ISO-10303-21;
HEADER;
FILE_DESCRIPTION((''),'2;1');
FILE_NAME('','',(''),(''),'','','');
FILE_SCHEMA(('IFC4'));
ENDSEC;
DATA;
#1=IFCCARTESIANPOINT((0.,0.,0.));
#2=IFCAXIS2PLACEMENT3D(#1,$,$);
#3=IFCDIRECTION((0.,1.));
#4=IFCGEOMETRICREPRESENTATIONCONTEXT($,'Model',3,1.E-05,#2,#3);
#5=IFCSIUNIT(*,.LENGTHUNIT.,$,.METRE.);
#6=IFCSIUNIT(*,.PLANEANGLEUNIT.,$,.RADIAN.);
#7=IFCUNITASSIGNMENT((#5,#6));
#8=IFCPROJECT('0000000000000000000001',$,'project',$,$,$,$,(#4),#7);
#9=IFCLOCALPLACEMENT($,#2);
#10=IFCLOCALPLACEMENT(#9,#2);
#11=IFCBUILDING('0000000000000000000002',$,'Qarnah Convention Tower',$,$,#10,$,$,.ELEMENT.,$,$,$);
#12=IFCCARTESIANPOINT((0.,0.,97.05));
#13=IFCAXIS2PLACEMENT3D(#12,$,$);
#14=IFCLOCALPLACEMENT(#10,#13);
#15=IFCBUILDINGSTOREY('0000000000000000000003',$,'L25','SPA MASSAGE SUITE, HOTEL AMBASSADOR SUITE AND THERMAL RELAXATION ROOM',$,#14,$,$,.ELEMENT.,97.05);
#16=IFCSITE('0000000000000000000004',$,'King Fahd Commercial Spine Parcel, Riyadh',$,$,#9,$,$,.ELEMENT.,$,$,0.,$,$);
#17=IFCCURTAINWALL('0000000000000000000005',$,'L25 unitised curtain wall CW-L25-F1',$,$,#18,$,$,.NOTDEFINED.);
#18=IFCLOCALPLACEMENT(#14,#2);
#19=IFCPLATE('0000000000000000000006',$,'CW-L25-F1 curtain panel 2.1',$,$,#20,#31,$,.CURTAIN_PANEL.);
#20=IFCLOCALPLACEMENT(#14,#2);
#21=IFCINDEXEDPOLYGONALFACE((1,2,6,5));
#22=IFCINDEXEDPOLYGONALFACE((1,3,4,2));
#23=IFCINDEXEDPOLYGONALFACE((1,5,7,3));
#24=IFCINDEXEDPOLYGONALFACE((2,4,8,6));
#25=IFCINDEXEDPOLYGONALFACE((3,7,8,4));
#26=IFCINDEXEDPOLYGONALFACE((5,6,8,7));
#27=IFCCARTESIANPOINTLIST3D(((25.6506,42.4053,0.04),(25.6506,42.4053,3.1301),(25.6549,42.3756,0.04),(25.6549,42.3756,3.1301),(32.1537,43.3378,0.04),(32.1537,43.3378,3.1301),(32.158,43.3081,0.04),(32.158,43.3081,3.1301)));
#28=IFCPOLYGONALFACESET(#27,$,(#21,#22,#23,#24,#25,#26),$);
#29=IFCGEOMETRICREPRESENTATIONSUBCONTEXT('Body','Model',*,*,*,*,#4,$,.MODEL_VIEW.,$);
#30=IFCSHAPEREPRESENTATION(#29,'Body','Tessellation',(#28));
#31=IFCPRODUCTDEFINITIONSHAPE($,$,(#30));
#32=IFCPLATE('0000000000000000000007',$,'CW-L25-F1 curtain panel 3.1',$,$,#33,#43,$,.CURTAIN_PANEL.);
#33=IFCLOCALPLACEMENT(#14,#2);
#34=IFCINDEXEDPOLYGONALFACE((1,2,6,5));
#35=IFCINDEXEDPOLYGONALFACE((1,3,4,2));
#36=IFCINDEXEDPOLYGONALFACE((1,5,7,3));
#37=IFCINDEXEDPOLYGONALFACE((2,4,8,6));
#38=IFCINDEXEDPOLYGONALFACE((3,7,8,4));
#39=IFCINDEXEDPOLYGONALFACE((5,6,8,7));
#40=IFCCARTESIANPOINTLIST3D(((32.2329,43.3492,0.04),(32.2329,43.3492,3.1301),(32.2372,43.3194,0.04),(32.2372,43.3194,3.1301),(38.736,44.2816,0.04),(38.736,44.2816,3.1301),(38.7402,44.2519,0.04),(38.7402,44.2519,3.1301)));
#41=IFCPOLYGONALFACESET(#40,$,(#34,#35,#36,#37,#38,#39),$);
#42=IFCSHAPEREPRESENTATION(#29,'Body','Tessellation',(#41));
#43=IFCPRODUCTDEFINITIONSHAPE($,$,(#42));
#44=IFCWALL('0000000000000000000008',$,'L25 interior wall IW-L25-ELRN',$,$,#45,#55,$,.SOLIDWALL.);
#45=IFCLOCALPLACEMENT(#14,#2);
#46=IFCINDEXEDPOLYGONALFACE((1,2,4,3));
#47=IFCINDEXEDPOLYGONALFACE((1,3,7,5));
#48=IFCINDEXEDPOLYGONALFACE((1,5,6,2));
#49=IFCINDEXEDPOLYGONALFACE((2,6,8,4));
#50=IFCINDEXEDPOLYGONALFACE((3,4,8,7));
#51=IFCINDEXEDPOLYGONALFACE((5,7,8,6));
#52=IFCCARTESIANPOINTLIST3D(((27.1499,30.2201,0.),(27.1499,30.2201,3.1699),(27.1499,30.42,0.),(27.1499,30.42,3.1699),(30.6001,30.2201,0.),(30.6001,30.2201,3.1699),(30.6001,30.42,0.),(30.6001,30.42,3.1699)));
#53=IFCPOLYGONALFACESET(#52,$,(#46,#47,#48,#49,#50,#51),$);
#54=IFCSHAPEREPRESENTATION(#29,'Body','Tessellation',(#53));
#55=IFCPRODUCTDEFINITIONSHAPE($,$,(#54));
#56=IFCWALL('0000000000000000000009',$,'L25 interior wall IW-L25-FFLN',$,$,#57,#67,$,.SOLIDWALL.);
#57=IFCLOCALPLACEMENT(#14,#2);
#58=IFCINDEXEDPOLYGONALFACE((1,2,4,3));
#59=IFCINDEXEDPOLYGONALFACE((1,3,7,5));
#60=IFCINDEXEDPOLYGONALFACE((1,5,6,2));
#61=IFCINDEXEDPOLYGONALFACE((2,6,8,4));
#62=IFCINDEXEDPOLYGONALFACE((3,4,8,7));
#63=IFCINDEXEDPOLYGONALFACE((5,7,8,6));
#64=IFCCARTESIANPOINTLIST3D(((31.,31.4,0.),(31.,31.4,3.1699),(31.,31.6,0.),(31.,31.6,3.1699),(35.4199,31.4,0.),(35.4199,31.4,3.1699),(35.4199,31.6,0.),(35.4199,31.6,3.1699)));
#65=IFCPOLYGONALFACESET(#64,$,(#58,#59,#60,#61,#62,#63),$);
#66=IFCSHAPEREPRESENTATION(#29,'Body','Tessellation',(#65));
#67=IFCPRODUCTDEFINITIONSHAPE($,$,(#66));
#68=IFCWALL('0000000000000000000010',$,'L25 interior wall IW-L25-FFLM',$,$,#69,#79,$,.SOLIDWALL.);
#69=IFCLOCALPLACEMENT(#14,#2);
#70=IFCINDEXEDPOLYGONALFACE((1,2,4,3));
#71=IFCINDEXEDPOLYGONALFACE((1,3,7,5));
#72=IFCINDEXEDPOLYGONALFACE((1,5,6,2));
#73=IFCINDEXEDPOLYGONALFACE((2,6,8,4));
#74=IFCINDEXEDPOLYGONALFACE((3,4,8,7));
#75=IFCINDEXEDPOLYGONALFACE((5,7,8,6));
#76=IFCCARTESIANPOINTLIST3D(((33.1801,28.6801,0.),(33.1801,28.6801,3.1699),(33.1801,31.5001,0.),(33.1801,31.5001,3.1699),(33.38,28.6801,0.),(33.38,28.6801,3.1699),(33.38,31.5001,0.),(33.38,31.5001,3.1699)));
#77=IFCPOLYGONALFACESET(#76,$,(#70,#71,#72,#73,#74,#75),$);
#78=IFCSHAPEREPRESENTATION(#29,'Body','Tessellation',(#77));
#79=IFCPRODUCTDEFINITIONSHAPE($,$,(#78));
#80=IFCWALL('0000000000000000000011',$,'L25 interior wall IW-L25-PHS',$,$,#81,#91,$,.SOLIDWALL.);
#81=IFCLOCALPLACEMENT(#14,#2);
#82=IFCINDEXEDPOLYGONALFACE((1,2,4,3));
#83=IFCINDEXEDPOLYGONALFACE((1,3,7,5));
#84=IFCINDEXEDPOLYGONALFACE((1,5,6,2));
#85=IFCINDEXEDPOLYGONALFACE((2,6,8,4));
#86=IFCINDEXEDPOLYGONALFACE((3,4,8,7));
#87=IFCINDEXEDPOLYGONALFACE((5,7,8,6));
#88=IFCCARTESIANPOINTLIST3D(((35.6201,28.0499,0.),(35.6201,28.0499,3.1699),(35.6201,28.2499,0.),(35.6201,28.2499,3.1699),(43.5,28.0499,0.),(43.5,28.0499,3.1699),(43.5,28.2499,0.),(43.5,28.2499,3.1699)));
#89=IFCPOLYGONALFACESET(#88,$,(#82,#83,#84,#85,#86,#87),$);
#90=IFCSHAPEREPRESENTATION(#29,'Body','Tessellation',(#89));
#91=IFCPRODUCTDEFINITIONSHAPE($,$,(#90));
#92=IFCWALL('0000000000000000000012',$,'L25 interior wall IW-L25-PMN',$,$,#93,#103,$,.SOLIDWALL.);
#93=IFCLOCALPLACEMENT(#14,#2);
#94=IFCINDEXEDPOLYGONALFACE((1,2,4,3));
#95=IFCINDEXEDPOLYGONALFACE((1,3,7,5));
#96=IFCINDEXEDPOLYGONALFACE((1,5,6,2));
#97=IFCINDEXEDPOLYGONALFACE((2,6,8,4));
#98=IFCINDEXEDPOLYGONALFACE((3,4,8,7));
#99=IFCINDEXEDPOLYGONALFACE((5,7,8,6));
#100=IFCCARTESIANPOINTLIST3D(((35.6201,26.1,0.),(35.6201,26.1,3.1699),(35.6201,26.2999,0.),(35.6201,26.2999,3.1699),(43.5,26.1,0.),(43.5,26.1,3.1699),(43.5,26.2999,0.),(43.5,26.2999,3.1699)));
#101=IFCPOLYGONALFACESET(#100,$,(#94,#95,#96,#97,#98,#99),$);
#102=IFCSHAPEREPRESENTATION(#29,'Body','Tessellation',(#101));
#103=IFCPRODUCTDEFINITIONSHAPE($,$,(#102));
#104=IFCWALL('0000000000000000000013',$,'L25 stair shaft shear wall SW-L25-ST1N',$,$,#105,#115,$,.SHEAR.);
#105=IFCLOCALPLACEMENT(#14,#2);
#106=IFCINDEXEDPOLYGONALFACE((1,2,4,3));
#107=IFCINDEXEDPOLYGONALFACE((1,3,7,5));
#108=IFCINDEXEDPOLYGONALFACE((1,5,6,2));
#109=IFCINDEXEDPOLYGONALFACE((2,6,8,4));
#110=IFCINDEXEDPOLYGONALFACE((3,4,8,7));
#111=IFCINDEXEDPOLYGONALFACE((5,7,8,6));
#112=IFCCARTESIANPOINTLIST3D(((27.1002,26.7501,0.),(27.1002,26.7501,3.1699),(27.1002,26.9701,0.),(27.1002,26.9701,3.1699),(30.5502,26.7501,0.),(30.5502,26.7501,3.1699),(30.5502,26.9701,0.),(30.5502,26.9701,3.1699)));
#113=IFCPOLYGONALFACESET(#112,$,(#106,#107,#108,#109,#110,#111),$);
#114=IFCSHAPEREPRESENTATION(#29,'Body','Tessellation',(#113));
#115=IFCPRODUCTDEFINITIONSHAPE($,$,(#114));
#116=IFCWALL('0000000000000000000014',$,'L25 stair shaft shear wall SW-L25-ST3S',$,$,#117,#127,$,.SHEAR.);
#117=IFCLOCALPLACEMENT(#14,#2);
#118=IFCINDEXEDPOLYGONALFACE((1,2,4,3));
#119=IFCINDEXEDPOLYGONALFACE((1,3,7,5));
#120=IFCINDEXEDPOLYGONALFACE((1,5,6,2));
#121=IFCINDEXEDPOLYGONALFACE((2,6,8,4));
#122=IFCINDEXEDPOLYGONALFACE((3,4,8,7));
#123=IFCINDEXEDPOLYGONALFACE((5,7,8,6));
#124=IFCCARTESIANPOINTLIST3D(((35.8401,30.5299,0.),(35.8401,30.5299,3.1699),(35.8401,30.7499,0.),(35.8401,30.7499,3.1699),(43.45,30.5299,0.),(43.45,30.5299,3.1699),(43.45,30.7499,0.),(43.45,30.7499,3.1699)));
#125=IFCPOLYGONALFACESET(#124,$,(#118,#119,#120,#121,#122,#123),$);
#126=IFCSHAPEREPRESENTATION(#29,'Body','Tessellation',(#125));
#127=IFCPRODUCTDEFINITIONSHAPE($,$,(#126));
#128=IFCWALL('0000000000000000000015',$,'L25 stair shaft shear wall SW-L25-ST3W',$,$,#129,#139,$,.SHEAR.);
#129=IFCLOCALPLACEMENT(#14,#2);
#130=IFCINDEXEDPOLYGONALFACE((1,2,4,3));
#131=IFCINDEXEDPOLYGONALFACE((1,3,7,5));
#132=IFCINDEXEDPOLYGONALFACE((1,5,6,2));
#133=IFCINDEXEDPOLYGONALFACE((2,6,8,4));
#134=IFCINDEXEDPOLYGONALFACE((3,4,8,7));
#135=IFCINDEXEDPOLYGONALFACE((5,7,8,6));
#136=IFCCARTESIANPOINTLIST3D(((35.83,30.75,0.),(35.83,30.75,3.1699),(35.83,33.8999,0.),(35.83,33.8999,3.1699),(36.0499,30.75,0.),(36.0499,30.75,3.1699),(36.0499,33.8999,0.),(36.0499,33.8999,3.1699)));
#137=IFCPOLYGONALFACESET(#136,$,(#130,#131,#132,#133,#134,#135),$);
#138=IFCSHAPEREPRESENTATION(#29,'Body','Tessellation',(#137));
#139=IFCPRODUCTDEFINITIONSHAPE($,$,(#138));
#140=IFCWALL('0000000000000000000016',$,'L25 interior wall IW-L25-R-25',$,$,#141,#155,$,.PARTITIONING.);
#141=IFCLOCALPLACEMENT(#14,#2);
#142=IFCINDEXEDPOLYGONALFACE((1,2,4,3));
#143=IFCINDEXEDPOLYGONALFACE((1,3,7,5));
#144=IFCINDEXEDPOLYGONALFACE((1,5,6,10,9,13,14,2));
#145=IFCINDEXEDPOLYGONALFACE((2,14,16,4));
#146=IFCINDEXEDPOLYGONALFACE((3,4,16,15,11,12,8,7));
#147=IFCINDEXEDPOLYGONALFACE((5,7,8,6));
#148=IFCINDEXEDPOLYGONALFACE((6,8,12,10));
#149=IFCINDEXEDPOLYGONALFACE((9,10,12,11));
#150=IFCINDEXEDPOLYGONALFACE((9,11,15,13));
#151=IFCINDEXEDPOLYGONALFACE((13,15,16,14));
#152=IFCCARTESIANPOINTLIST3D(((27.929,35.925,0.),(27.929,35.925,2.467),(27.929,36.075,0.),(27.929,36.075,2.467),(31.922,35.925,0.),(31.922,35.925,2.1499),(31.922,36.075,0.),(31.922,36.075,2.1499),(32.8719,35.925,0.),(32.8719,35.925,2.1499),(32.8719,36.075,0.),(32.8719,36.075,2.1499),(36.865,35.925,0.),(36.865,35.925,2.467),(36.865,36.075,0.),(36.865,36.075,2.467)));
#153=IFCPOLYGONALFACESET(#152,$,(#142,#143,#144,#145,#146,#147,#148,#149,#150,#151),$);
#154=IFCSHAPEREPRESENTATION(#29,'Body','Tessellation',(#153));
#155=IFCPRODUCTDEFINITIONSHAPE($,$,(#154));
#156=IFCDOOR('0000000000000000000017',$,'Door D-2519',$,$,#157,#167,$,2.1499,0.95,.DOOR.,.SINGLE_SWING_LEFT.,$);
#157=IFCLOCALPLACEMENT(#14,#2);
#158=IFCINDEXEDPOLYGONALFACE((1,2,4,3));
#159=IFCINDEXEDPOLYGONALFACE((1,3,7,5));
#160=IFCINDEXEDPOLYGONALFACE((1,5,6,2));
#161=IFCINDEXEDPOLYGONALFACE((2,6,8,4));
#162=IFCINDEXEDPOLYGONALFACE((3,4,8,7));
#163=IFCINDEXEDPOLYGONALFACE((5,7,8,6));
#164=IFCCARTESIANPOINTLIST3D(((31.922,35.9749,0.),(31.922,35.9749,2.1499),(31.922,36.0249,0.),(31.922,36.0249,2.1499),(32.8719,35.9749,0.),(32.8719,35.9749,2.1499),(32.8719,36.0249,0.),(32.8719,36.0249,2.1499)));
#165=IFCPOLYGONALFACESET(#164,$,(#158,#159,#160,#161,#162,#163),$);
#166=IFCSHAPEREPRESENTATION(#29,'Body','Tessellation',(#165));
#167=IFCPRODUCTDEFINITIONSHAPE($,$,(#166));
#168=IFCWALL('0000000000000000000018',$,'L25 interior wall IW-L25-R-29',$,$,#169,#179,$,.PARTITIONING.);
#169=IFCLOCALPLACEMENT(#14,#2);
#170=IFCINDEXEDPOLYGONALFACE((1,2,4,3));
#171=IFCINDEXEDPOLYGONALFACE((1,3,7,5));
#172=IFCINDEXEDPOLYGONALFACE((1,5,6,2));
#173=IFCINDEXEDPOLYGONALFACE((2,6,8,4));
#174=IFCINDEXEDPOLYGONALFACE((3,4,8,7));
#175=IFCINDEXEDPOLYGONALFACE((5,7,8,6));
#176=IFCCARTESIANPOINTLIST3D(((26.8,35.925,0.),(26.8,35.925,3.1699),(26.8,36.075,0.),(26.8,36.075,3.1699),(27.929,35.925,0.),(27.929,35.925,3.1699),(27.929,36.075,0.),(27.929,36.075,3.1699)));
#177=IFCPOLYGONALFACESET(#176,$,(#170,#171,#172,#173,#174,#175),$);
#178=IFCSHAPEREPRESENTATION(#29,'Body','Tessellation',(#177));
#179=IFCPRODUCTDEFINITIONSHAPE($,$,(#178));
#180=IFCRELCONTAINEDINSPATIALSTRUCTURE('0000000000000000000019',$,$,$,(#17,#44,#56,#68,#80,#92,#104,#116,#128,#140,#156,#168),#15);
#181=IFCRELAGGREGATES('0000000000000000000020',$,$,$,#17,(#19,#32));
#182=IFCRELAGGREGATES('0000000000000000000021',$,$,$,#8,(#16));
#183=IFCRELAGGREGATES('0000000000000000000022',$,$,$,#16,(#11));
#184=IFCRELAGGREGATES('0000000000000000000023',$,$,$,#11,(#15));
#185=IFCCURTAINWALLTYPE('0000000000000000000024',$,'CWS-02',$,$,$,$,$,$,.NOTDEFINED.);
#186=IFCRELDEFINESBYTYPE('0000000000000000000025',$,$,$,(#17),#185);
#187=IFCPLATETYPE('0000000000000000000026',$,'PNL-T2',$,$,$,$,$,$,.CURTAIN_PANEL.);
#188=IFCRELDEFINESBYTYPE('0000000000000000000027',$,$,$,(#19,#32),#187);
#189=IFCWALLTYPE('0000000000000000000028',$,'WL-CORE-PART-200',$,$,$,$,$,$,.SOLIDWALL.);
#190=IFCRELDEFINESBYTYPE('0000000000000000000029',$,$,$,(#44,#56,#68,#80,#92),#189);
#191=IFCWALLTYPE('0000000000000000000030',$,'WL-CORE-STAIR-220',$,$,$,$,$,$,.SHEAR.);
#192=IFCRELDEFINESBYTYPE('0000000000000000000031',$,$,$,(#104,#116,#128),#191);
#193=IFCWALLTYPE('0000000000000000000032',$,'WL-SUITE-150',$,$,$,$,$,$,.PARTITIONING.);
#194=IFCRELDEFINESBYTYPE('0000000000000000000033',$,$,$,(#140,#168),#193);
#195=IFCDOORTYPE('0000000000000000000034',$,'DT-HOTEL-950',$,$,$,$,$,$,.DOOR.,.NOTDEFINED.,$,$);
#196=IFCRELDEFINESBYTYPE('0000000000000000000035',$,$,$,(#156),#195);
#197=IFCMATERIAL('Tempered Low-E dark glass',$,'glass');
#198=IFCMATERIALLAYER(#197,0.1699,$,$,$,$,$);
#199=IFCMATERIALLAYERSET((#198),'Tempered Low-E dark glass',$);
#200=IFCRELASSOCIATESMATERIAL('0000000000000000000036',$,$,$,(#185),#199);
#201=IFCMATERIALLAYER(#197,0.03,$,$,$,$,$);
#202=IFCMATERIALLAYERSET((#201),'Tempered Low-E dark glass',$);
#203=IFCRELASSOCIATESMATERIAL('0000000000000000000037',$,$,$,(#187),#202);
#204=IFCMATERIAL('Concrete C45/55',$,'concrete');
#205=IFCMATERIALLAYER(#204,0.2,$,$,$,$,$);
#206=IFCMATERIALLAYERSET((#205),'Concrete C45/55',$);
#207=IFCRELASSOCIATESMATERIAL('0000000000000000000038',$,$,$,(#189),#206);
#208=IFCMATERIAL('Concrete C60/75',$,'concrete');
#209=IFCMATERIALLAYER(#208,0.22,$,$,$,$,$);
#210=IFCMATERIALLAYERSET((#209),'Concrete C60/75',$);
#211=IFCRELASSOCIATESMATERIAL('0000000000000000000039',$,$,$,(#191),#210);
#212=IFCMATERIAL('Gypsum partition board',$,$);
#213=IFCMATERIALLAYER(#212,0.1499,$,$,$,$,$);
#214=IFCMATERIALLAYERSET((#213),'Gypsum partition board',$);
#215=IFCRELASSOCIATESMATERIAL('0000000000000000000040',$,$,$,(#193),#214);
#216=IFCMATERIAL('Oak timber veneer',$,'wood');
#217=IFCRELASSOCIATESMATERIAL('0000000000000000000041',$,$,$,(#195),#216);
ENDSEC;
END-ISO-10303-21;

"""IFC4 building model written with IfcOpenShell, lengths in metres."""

from ifc_helpers import new_model, si_unit, direction, frame, frame_2d, origin, origin_2d, place, context, subcontext, project, spatial, rectangle, extrude, material, layer, layer_set, type_object, element, fill, aggregate, save


model = new_model("IFC4")

# Units and contexts
model_context = context("Model", 3, precision=1e-05, world=origin(), true_north=direction((0.0, 1.0)))
body_context = subcontext(model_context, "Body", "Model", "MODEL_VIEW")
ifc_project = project(units=[si_unit("LENGTHUNIT", "METRE"), si_unit("PLANEANGLEUNIT", "RADIAN")], contexts=[model_context])

# Site, building, storey
site_placement = place(None, origin())
site = spatial("IfcSite", under=ifc_project, at=site_placement, Name="King Fahd Commercial Spine Parcel, Riyadh", CompositionType="ELEMENT", RefElevation=0.0)
building_placement = place(site_placement, origin())
building = spatial("IfcBuilding", under=site, at=building_placement, Name="Qarnah Convention Tower", CompositionType="ELEMENT")
storey_placement = place(building_placement, frame((0.0, 0.0, 97.05)))
storey = spatial("IfcBuildingStorey", under=building, at=storey_placement, Name="L25", Description="SPA MASSAGE SUITE, HOTEL AMBASSADOR SUITE AND THERMAL RELAXATION ROOM", CompositionType="ELEMENT", Elevation=97.05)

# Shared definitions
ifc_material_1 = material(Name="Concrete C60/75", Category="concrete")

# Curtain wall, plates
ifc_material_2 = material(Name="Tempered Low-E dark glass", Category="glass")
ifc_layer_1 = layer(ifc_material_2, 0.1699)
ifc_layer_set_1 = layer_set([ifc_layer_1], Name="Tempered Low-E dark glass")
curtain_wall_type = type_object("IfcCurtainWallType", Name="CWS-02", PredefinedType="NOTDEFINED", material=ifc_layer_set_1)
curtain_wall_placement = place(storey_placement, origin())
curtain_wall = element("IfcCurtainWall", 1, at=curtain_wall_placement, inside=storey, type_object=curtain_wall_type, Name="L25 unitised curtain wall CW-L25-F1", PredefinedType="NOTDEFINED")
ifc_layer_2 = layer(ifc_material_2, 0.03)
ifc_layer_set_2 = layer_set([ifc_layer_2], Name="Tempered Low-E dark glass")
plate_type = type_object("IfcPlateType", Name="PNL-T2", PredefinedType="CURTAIN_PANEL", material=ifc_layer_set_2)
plate_1_placement = place(storey_placement, frame((28.9043, 42.8567, 0.04), z_axis=(0.0, 0.0, 1.0), x_axis=(0.989876, 0.141935, 0.0)))
plate_1 = element("IfcPlate", 2, at=plate_1_placement, type_object=plate_type, Name="CW-L25-F1 curtain panel 2.1", PredefinedType="CURTAIN_PANEL", context=body_context, shape_type="SweptSolid", body=[
    extrude(rectangle(XDim=6.5696, YDim=0.03, at=origin_2d()), origin(), (0.0, 0.0, 1.0), 3.0901),
])
plate_2_placement = place(storey_placement, frame((35.4866, 43.8005, 0.04), z_axis=(0.0, 0.0, 1.0), x_axis=(0.989876, 0.141935, 0.0)))
plate_2 = element("IfcPlate", 3, at=plate_2_placement, type_object=plate_type, Name="CW-L25-F1 curtain panel 3.1", PredefinedType="CURTAIN_PANEL", context=body_context, shape_type="SweptSolid", body=[
    extrude(rectangle(XDim=6.5696, YDim=0.03, at=origin_2d()), origin(), (0.0, 0.0, 1.0), 3.0901),
])
aggregate(curtain_wall, [plate_1, plate_2])

# Wall
ifc_material_3 = material(Name="Concrete C45/55", Category="concrete")
ifc_layer_3 = layer(ifc_material_3, 0.2)
ifc_layer_set_3 = layer_set([ifc_layer_3], Name="Concrete C45/55")
wall_type_1 = type_object("IfcWallType", Name="WL-CORE-PART-200", PredefinedType="SOLIDWALL", material=ifc_layer_set_3)
wall_1_placement = place(storey_placement, frame((27.1499, 30.3201, 0.0), z_axis=(0.0, 0.0, 1.0), x_axis=(1.0, 0.0, 0.0)))
element("IfcWall", 4, at=wall_1_placement, inside=storey, type_object=wall_type_1, Name="L25 interior wall IW-L25-ELRN", PredefinedType="SOLIDWALL", context=body_context, shape_type="SweptSolid", body=[
    extrude(rectangle(XDim=3.4502, YDim=0.2, at=frame_2d((1.7251, 0.0))), origin(), (0.0, 0.0, 1.0), 3.1699),
])

# Walls
wall_2_placement = place(storey_placement, frame((31.0, 31.5, 0.0), z_axis=(0.0, 0.0, 1.0), x_axis=(1.0, 0.0, 0.0)))
element("IfcWall", 5, at=wall_2_placement, inside=storey, type_object=wall_type_1, Name="L25 interior wall IW-L25-FFLN", PredefinedType="SOLIDWALL", context=body_context, shape_type="SweptSolid", body=[
    extrude(rectangle(XDim=4.4199, YDim=0.2, at=frame_2d((2.21, 0.0))), origin(), (0.0, 0.0, 1.0), 3.1699),
])
wall_3_placement = place(storey_placement, frame((33.28, 28.6799, 0.0), z_axis=(0.0, 0.0, 1.0), x_axis=(0.0, 1.0, 0.0)))
element("IfcWall", 6, at=wall_3_placement, inside=storey, type_object=wall_type_1, Name="L25 interior wall IW-L25-FFLM", PredefinedType="SOLIDWALL", context=body_context, shape_type="SweptSolid", body=[
    extrude(rectangle(XDim=2.8201, YDim=0.2, at=frame_2d((1.4102, 0.0))), origin(), (0.0, 0.0, 1.0), 3.1699),
])
for number, where, z_axis, x_axis, name in (
    (7, (35.6201, 28.1499, 0.0), (0.0, 0.0, 1.0), (1.0, 0.0, 0.0), "L25 interior wall IW-L25-PHS"),
    (8, (35.6201, 26.2, 0.0), (0.0, 0.0, 1.0), (1.0, 0.0, 0.0), "L25 interior wall IW-L25-PMN"),
):
    element("IfcWall", number, at=place(storey_placement, frame(where, z_axis=z_axis, x_axis=x_axis)), inside=storey, type_object=wall_type_1, Name=name, PredefinedType="SOLIDWALL", context=body_context, shape_type="SweptSolid", body=[
        extrude(rectangle(XDim=7.8799, YDim=0.2, at=frame_2d((3.9399, 0.0))), origin(), (0.0, 0.0, 1.0), 3.1699),
    ])
ifc_layer_4 = layer(ifc_material_1, 0.22)
ifc_layer_set_4 = layer_set([ifc_layer_4], Name="Concrete C60/75")
wall_type_2 = type_object("IfcWallType", Name="WL-CORE-STAIR-220", PredefinedType="SHEAR", material=ifc_layer_set_4)
wall_4_placement = place(storey_placement, frame((27.1001, 26.8601, 0.0), z_axis=(0.0, 0.0, 1.0), x_axis=(1.0, 0.0, 0.0)))
element("IfcWall", 9, at=wall_4_placement, inside=storey, type_object=wall_type_2, Name="L25 stair shaft shear wall SW-L25-ST1N", PredefinedType="SHEAR", context=body_context, shape_type="SweptSolid", body=[
    extrude(rectangle(XDim=3.45, YDim=0.22, at=frame_2d((1.7251, 0.0))), origin(), (0.0, 0.0, 1.0), 3.1699),
])
wall_5_placement = place(storey_placement, frame((35.8401, 30.6399, 0.0), z_axis=(0.0, 0.0, 1.0), x_axis=(1.0, 0.0, 0.0)))
element("IfcWall", 10, at=wall_5_placement, inside=storey, type_object=wall_type_2, Name="L25 stair shaft shear wall SW-L25-ST3S", PredefinedType="SHEAR", context=body_context, shape_type="SweptSolid", body=[
    extrude(rectangle(XDim=7.6099, YDim=0.22, at=frame_2d((3.8049, 0.0))), origin(), (0.0, 0.0, 1.0), 3.1699),
])
wall_6_placement = place(storey_placement, frame((35.9399, 30.75, 0.0), z_axis=(0.0, 0.0, 1.0), x_axis=(0.0, 1.0, 0.0)))
element("IfcWall", 11, at=wall_6_placement, inside=storey, type_object=wall_type_2, Name="L25 stair shaft shear wall SW-L25-ST3W", PredefinedType="SHEAR", context=body_context, shape_type="SweptSolid", body=[
    extrude(rectangle(XDim=3.1499, YDim=0.22, at=frame_2d((1.575, 0.0))), origin(), (0.0, 0.0, 1.0), 3.1699),
])

# Wall, opening, door
ifc_material_4 = material(Name="Gypsum partition board")
ifc_layer_5 = layer(ifc_material_4, 0.1499)
ifc_layer_set_5 = layer_set([ifc_layer_5], Name="Gypsum partition board")
wall_type_3 = type_object("IfcWallType", Name="WL-SUITE-150", PredefinedType="PARTITIONING", material=ifc_layer_set_5)
wall_7_placement = place(storey_placement, frame((27.929, 36.0, 0.0), z_axis=(0.0, 0.0, 1.0), x_axis=(1.0, 0.0, 0.0)))
wall_7 = element("IfcWall", 12, at=wall_7_placement, inside=storey, type_object=wall_type_3, Name="L25 interior wall IW-L25-R-25", PredefinedType="PARTITIONING", context=body_context, shape_type="SweptSolid", body=[
    extrude(rectangle(XDim=8.936, YDim=0.1499, at=frame_2d((4.468, 0.0))), origin(), (0.0, 0.0, 1.0), 2.467),
])
opening_1_placement = place(wall_7_placement, frame((3.9929, 0.0, 0.0)))
opening_1 = element("IfcOpeningElement", 13, at=opening_1_placement, cuts=wall_7, PredefinedType="OPENING", context=body_context, shape_type="SweptSolid", body=[
    extrude(rectangle(XDim=0.95, YDim=2.1499, at=frame_2d((0.4751, 1.075))), frame((0.0, 0.085, 0.0), z_axis=(0.0, -1.0, 0.0), x_axis=(1.0, 0.0, 0.0)), (0.0, 0.0, 1.0), 0.1699),
])
ifc_material_5 = material(Name="Oak timber veneer", Category="wood")
door_type_1 = type_object("IfcDoorType", Name="DT-HOTEL-950", OperationType="NOTDEFINED", PredefinedType="DOOR", material=ifc_material_5)
door_1_placement = place(opening_1_placement, origin())
door_1 = element("IfcDoor", 14, at=door_1_placement, inside=storey, type_object=door_type_1, Name="Door D-2519", OperationType="SINGLE_SWING_LEFT", OverallHeight=2.1499, OverallWidth=0.95, PredefinedType="DOOR", context=body_context, shape_type="SweptSolid", body=[
    extrude(rectangle(XDim=0.95, YDim=2.1499, at=frame_2d((0.4751, 1.075))), frame((0.0, 0.0249, 0.0), z_axis=(0.0, -1.0, 0.0), x_axis=(1.0, 0.0, 0.0)), (0.0, 0.0, 1.0), 0.05),
])
fill(opening_1, door_1)

# Wall
wall_8_placement = place(storey_placement, frame((26.8, 36.0, 0.0), z_axis=(0.0, 0.0, 1.0), x_axis=(1.0, 0.0, 0.0)))
element("IfcWall", 15, at=wall_8_placement, inside=storey, type_object=wall_type_3, Name="L25 interior wall IW-L25-R-29", PredefinedType="PARTITIONING", context=body_context, shape_type="SweptSolid", body=[
    extrude(rectangle(XDim=1.1289, YDim=0.1499, at=frame_2d((0.5645, 0.0))), origin(), (0.0, 0.0, 1.0), 3.1699),
])

save(model, "model.ifc")
